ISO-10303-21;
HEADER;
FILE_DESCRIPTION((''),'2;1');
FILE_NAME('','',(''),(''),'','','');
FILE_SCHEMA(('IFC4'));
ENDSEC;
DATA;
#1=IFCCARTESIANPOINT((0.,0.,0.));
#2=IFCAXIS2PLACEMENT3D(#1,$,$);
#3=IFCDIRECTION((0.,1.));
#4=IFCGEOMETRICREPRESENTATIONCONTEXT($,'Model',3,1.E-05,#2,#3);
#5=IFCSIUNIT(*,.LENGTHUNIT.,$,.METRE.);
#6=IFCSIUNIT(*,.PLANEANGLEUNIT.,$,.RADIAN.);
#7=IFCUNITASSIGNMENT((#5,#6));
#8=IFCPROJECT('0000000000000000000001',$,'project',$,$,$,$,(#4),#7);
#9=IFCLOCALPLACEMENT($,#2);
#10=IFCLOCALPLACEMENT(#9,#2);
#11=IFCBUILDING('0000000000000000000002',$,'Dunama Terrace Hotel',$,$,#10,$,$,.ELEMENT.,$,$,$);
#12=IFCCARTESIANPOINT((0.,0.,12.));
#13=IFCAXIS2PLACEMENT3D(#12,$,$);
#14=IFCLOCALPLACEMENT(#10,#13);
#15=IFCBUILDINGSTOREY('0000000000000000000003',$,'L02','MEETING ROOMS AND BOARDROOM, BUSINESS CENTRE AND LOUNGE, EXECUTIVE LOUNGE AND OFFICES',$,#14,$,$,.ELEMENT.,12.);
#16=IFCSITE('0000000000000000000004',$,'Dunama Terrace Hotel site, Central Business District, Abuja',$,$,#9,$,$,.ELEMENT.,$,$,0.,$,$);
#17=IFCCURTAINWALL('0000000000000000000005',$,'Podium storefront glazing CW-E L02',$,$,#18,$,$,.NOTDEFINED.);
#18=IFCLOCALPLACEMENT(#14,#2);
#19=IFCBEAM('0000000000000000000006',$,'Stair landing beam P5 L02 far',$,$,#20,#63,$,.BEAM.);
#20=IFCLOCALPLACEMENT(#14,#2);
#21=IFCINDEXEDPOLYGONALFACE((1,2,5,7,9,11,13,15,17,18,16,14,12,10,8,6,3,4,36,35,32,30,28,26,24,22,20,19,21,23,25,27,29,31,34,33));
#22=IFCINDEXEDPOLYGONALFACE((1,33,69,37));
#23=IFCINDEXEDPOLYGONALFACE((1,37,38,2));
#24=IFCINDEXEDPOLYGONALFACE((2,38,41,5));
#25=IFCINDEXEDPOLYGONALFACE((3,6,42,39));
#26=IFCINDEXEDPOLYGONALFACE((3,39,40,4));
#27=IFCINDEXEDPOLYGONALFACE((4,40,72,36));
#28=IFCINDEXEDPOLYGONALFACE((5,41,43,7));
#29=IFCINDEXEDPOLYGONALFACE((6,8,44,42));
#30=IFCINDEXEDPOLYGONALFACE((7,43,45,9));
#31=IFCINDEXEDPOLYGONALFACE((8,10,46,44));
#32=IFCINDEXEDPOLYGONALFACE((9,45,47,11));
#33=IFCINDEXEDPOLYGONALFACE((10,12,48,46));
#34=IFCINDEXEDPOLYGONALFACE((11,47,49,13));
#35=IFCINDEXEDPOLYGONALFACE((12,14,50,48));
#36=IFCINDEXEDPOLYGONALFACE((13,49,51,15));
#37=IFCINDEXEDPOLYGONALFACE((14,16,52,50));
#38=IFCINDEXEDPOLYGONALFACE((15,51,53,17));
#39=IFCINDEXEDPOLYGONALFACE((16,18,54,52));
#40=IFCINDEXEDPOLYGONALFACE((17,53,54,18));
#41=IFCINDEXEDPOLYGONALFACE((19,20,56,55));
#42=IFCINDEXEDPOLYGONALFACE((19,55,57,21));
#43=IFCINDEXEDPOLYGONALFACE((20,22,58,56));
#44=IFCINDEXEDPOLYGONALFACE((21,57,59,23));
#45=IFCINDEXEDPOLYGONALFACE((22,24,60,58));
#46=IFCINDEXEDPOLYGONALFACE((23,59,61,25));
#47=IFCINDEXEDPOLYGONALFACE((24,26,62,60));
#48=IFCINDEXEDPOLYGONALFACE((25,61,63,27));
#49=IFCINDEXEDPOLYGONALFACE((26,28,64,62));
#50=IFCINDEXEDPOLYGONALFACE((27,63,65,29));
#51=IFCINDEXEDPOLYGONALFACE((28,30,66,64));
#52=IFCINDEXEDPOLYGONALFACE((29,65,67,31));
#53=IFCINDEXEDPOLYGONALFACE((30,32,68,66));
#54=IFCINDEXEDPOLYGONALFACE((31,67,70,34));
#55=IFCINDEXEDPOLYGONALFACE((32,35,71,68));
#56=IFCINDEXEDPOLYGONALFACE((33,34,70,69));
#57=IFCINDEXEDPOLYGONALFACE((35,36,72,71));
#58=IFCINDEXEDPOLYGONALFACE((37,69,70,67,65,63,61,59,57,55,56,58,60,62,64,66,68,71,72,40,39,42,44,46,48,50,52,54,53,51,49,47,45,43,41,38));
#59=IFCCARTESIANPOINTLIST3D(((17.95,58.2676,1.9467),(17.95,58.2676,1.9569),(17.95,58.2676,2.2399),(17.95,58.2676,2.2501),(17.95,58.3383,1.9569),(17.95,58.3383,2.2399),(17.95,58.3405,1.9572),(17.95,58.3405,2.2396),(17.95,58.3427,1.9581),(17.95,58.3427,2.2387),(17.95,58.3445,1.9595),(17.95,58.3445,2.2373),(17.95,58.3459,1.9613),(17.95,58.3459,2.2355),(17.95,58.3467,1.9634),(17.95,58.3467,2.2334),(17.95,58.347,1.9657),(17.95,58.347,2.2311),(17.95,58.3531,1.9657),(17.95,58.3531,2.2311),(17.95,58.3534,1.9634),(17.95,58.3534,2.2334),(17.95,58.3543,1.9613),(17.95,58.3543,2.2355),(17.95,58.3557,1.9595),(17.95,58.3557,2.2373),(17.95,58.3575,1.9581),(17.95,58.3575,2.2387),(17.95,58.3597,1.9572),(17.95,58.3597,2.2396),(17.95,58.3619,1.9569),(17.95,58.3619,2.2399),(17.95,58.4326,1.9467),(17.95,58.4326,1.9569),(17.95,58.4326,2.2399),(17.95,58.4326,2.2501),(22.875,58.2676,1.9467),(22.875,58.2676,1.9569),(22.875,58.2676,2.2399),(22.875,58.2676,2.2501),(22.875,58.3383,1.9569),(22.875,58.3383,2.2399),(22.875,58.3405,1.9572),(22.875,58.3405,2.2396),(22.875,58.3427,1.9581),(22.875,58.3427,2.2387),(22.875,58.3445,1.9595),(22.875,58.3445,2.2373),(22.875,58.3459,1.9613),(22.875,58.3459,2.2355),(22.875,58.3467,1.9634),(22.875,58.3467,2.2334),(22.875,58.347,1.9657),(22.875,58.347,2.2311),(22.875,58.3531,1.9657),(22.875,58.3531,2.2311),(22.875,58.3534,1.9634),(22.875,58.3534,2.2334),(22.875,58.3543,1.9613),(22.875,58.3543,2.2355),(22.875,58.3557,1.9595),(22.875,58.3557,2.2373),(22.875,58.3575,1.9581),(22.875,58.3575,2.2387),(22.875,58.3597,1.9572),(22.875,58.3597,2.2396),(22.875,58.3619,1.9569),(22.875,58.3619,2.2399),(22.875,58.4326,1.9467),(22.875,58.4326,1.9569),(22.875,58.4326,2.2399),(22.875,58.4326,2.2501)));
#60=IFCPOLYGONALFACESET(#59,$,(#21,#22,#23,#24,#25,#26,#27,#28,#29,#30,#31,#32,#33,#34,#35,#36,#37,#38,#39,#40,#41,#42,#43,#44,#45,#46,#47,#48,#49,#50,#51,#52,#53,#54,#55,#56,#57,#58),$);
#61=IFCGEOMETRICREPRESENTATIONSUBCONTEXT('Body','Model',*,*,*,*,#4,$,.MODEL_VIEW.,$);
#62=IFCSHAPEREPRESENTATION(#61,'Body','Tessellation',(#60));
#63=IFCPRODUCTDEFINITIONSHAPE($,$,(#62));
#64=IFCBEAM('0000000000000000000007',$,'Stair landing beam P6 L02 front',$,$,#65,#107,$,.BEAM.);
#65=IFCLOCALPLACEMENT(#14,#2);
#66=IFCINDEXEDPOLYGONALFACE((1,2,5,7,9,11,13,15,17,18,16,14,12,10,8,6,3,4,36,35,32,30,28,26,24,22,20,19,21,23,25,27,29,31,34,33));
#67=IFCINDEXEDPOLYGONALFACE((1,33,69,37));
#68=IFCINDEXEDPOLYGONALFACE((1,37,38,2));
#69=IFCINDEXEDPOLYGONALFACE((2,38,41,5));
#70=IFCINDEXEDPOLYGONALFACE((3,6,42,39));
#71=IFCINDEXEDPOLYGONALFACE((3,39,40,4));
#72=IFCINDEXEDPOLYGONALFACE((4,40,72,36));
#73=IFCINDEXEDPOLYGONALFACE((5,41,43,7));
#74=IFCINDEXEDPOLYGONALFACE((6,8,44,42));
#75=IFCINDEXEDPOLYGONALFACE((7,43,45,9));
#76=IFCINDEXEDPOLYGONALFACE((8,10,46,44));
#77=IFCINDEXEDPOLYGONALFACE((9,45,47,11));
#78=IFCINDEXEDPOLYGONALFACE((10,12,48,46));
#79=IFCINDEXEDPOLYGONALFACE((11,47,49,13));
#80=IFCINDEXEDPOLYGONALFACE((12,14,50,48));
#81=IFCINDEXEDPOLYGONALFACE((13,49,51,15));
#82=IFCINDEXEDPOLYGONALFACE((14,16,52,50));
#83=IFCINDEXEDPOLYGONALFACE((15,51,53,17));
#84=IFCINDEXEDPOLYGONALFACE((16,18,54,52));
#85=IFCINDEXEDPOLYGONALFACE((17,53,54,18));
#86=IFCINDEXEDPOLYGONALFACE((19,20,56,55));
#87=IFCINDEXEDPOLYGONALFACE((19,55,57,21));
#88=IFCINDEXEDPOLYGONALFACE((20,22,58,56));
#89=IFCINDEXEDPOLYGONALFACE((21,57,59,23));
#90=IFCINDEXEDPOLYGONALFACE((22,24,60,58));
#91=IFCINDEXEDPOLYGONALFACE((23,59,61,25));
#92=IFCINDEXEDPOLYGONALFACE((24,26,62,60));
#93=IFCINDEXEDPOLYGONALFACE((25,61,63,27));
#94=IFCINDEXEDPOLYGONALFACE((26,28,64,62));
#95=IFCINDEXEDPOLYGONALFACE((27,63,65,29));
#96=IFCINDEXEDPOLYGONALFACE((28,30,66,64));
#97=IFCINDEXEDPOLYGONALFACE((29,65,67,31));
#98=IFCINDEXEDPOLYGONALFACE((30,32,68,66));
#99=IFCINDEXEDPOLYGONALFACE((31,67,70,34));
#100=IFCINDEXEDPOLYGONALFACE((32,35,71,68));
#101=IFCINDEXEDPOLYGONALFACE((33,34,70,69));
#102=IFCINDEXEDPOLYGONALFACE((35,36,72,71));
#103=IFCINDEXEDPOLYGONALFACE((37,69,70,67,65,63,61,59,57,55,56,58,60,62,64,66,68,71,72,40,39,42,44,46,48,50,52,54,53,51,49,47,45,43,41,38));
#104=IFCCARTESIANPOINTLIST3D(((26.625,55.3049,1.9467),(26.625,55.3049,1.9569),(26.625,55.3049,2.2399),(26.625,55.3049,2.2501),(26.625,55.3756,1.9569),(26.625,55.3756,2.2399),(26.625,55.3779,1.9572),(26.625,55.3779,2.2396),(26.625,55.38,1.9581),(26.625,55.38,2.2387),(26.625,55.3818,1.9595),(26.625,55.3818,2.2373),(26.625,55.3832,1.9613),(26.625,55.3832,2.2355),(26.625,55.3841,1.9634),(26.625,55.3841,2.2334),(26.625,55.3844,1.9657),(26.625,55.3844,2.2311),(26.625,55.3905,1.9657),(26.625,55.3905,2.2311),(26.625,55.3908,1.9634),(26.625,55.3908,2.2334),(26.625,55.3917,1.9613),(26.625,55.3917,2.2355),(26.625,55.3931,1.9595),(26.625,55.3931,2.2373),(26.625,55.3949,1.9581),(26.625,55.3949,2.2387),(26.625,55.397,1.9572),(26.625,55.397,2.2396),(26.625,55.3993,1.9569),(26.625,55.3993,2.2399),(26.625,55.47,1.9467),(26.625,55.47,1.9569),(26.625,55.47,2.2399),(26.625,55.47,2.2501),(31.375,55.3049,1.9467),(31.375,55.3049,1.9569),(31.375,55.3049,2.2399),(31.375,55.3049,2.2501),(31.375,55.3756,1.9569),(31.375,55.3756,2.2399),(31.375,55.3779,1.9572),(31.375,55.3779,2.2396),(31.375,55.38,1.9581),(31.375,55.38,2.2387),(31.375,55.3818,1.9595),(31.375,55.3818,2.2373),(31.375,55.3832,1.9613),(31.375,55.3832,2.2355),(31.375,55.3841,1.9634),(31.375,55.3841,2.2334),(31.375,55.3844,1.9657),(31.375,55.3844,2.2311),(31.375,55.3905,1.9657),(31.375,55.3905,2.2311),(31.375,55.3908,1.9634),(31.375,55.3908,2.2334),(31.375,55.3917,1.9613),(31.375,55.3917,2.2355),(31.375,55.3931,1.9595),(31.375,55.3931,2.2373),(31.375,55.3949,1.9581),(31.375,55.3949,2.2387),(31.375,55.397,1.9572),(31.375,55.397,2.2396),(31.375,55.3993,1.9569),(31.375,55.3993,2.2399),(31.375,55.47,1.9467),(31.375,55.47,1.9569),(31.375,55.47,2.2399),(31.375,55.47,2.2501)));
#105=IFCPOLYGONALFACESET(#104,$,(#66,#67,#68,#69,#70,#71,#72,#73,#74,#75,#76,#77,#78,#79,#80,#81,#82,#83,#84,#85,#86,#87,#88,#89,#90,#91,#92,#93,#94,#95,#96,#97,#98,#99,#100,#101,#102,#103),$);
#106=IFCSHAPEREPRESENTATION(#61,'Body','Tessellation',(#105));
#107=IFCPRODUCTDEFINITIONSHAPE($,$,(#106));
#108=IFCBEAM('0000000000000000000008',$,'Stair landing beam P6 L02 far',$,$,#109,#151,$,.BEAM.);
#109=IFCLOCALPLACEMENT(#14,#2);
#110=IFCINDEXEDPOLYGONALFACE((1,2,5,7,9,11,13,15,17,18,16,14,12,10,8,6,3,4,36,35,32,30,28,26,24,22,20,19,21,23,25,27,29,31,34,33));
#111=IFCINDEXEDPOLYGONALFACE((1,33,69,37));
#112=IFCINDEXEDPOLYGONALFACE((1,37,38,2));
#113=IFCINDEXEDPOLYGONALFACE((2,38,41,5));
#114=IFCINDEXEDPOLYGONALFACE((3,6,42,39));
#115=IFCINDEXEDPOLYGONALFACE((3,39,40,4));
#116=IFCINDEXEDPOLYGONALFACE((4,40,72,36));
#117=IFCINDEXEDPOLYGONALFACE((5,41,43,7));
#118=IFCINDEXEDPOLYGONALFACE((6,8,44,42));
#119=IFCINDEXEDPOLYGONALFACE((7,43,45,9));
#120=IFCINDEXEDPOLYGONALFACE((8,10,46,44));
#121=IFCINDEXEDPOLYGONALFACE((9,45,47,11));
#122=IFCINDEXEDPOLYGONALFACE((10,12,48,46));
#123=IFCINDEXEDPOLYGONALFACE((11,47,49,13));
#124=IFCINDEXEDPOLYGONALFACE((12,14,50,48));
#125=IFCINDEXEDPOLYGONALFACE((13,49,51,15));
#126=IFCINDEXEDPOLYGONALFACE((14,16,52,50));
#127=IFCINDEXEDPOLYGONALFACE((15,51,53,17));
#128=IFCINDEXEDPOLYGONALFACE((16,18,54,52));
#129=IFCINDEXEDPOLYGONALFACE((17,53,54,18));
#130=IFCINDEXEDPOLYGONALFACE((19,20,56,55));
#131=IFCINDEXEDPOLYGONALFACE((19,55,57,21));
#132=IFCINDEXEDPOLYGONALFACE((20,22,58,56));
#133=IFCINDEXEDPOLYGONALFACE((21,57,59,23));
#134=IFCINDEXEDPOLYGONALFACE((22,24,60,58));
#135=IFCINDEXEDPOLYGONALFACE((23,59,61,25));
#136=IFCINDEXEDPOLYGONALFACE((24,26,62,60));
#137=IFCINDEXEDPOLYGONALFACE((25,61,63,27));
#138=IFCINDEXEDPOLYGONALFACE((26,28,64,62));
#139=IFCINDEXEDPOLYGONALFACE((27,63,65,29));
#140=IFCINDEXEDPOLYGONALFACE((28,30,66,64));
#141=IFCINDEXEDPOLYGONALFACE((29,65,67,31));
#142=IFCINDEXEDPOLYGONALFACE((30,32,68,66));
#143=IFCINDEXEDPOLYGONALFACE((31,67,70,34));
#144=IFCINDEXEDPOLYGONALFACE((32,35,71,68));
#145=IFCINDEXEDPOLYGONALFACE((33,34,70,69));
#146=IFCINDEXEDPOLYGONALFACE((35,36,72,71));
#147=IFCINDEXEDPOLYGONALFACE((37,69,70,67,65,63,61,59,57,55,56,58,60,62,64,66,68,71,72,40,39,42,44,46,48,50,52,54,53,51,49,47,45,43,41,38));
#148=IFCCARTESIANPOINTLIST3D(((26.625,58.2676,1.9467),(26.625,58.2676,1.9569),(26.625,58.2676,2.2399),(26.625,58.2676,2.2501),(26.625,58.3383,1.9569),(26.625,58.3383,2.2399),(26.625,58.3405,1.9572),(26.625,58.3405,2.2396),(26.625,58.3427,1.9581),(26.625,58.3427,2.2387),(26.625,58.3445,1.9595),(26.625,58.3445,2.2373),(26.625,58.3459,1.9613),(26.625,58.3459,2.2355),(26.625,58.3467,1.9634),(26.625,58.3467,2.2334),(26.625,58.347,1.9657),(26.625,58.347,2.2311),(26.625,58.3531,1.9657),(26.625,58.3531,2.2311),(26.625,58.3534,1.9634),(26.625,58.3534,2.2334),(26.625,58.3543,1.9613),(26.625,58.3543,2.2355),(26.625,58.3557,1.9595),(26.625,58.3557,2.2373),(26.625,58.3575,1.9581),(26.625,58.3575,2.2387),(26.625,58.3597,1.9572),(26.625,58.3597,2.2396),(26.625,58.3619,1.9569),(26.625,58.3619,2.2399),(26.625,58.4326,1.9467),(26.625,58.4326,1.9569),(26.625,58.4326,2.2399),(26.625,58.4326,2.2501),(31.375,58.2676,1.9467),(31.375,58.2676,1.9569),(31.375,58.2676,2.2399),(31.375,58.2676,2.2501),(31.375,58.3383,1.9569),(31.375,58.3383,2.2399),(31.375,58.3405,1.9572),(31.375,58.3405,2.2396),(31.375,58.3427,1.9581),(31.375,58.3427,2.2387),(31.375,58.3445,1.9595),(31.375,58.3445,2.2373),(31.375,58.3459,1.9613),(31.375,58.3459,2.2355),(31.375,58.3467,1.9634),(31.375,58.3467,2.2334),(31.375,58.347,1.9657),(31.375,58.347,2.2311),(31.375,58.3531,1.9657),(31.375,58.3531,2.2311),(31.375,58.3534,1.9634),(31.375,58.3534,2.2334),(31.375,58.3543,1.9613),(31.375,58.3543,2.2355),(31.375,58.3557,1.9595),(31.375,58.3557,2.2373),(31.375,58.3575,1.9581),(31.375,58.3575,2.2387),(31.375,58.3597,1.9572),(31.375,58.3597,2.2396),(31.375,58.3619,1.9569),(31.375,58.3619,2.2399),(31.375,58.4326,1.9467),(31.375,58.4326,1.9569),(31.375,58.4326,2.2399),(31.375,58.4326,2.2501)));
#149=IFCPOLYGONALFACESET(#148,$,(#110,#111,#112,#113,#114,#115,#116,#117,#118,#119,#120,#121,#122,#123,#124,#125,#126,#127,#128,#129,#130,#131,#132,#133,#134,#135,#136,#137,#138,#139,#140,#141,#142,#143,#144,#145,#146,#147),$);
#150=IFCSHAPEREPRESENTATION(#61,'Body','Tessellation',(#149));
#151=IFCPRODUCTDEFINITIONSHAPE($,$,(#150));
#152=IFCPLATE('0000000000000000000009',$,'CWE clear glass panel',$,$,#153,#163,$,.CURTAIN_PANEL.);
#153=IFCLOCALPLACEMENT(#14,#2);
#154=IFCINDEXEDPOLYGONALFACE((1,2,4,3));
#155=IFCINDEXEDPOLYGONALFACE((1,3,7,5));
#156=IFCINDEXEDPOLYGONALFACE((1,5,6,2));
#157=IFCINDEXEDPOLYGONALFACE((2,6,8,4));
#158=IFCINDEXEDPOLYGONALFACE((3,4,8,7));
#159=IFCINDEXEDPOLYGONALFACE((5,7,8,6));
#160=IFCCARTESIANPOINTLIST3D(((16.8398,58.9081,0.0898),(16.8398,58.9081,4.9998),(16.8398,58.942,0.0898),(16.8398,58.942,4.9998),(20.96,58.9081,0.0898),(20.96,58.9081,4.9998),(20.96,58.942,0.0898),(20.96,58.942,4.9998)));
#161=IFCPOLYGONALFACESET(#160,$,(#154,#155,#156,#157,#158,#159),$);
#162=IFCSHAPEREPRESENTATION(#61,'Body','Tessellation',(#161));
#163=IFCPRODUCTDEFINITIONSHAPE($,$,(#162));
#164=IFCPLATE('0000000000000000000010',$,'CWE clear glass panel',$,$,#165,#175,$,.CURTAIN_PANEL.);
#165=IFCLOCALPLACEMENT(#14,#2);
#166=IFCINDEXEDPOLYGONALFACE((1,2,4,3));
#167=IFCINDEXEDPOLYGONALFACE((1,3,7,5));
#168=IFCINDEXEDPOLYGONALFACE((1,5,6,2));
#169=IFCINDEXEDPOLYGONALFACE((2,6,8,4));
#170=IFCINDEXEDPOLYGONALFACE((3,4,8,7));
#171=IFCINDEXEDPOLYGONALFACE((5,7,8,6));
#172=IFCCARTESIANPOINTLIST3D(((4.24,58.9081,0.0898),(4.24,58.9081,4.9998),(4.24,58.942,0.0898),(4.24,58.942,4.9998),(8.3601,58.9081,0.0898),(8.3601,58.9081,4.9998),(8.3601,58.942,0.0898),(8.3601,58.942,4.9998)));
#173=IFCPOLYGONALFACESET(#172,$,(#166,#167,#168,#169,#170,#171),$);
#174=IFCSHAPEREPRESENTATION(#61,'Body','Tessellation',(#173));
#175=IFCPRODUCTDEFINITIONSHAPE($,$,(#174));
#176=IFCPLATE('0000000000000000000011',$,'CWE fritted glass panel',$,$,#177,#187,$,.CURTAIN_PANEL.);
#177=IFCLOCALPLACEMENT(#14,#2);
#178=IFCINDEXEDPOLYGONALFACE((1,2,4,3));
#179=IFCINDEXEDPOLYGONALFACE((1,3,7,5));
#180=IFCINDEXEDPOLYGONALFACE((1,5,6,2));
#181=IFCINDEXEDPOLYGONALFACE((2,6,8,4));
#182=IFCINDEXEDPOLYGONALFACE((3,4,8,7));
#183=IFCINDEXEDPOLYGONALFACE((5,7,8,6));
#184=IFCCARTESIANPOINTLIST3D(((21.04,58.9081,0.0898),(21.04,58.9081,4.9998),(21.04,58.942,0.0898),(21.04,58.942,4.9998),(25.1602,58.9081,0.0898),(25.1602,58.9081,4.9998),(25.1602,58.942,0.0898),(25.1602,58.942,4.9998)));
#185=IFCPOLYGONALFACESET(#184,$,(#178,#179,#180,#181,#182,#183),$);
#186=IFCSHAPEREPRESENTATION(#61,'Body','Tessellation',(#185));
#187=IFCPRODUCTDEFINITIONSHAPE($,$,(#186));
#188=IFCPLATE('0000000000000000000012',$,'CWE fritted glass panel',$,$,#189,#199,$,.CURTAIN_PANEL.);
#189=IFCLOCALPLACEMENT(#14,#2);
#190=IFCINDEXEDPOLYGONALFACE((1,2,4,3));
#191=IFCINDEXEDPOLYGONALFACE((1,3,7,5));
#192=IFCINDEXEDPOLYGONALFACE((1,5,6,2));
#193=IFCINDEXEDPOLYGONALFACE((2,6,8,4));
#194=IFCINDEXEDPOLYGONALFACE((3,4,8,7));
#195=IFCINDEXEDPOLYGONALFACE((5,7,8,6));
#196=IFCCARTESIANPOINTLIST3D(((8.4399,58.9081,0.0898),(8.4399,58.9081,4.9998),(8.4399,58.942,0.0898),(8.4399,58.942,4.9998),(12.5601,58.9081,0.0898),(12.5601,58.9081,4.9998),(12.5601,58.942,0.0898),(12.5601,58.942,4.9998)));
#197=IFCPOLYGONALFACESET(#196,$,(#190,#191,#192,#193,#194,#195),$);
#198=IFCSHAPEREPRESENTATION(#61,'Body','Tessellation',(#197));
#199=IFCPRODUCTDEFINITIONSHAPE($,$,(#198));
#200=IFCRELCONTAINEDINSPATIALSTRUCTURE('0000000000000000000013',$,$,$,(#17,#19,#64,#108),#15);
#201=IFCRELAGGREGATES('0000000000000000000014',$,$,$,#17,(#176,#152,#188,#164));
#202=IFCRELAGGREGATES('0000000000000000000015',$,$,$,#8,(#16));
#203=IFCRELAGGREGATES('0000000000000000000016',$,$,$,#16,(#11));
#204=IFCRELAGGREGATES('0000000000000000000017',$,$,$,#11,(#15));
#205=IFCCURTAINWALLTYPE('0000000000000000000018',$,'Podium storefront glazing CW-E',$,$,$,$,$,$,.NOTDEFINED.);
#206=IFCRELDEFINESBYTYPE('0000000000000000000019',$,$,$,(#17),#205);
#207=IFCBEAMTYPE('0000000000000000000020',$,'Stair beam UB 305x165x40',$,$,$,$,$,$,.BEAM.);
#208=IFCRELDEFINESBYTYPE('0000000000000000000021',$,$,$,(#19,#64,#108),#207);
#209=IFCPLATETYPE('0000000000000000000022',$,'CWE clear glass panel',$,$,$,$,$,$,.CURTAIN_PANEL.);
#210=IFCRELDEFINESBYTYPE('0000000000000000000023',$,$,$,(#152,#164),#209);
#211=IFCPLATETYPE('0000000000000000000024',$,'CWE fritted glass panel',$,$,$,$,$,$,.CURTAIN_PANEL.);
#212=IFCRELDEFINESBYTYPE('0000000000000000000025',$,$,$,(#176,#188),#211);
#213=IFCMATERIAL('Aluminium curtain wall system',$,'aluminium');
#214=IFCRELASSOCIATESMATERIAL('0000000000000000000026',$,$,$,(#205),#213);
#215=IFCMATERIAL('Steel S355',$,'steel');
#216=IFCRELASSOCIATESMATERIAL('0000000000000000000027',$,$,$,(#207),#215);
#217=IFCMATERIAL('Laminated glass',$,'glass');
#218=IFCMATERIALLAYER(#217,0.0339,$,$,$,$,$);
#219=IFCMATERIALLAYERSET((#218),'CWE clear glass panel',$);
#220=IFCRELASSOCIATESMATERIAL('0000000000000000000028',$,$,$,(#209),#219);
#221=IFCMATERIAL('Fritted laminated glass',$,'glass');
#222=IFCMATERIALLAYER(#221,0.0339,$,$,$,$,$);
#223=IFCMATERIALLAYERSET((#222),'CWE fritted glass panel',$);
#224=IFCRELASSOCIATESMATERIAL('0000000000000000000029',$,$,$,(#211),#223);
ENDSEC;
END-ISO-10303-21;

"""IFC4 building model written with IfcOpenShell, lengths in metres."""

from ifc_helpers import new_model, si_unit, direction, frame, origin, origin_2d, place, context, subcontext, project, spatial, rectangle, i_section, extrude, material, layer, layer_set, material_profile, profile_set, type_object, element, aggregate, save


model = new_model("IFC4")

# Units and contexts
model_context = context("Model", 3, precision=1e-05, world=origin(), true_north=direction((0.0, 1.0)))
body_context = subcontext(model_context, "Body", "Model", "MODEL_VIEW")
ifc_project = project(units=[si_unit("LENGTHUNIT", "METRE"), si_unit("PLANEANGLEUNIT", "RADIAN")], contexts=[model_context])

# Site, building, storey
site_placement = place(None, origin())
site = spatial("IfcSite", under=ifc_project, at=site_placement, Name="Dunama Terrace Hotel site, Central Business District, Abuja", CompositionType="ELEMENT", RefElevation=0.0)
building_placement = place(site_placement, origin())
building = spatial("IfcBuilding", under=site, at=building_placement, Name="Dunama Terrace Hotel", CompositionType="ELEMENT")
storey_placement = place(building_placement, frame((0.0, 0.0, 12.0)))
storey = spatial("IfcBuildingStorey", under=building, at=storey_placement, Name="L02", Description="MEETING ROOMS AND BOARDROOM, BUSINESS CENTRE AND LOUNGE, EXECUTIVE LOUNGE AND OFFICES", CompositionType="ELEMENT", Elevation=12.0)

# Curtain wall
ifc_material_1 = material(Name="Aluminium curtain wall system", Category="aluminium")
curtain_wall_type = type_object("IfcCurtainWallType", Name="Podium storefront glazing CW-E", PredefinedType="NOTDEFINED", material=ifc_material_1)
curtain_wall_placement = place(storey_placement, origin())
curtain_wall = element("IfcCurtainWall", 1, at=curtain_wall_placement, inside=storey, type_object=curtain_wall_type, Name="Podium storefront glazing CW-E L02", PredefinedType="NOTDEFINED")

# Beams
ifc_material_2 = material(Name="Steel S355", Category="steel")
ifc_material_profile_1 = material_profile(ifc_material_2, i_section(OverallWidth=0.165, OverallDepth=0.3035, WebThickness=0.0061, FlangeThickness=0.0103, FilletRadius=0.0088, at=origin_2d()), Name="UB 305x165x40")
ifc_profile_set_1 = profile_set([ifc_material_profile_1], Name="Steel S355")
beam_type = type_object("IfcBeamType", Name="Stair beam UB 305x165x40", PredefinedType="BEAM", material=ifc_profile_set_1)
beam_1_placement = place(storey_placement, frame((17.95, 58.3501, 2.0984), z_axis=(1.0, 0.0, 0.0), x_axis=(0.0, 1.0, 0.0)))
element("IfcBeam", 2, at=beam_1_placement, inside=storey, type_object=beam_type, Name="Stair landing beam P5 L02 far", PredefinedType="BEAM", context=body_context, shape_type="SweptSolid", body=[
    extrude(i_section(OverallWidth=0.165, OverallDepth=0.3035, WebThickness=0.0061, FlangeThickness=0.0103, FilletRadius=0.0088, at=origin_2d()), origin(), (0.0, 0.0, 1.0), 4.925),
])
for number, where, z_axis, x_axis, name in (
    (3, (26.625, 55.3875, 2.0984), (1.0, 0.0, 0.0), (0.0, 1.0, 0.0), "Stair landing beam P6 L02 front"),
    (4, (26.625, 58.3501, 2.0984), (1.0, 0.0, 0.0), (0.0, 1.0, 0.0), "Stair landing beam P6 L02 far"),
):
    element("IfcBeam", number, at=place(storey_placement, frame(where, z_axis=z_axis, x_axis=x_axis)), inside=storey, type_object=beam_type, Name=name, PredefinedType="BEAM", context=body_context, shape_type="SweptSolid", body=[
        extrude(i_section(OverallWidth=0.165, OverallDepth=0.3035, WebThickness=0.0061, FlangeThickness=0.0103, FilletRadius=0.0088, at=origin_2d()), origin(), (0.0, 0.0, 1.0), 4.75),
    ])

# Plates
ifc_material_3 = material(Name="Laminated glass", Category="glass")
ifc_layer_1 = layer(ifc_material_3, 0.0339)
ifc_layer_set_1 = layer_set([ifc_layer_1], Name="CWE clear glass panel")
plate_type_1 = type_object("IfcPlateType", Name="CWE clear glass panel", PredefinedType="CURTAIN_PANEL", material=ifc_layer_set_1)
plate_1_placement = place(storey_placement, frame((18.8999, 58.925, 0.0898), z_axis=(0.0, 0.0, 1.0), x_axis=(-1.0, 0.0, 0.0)))
plate_1 = element("IfcPlate", 5, at=plate_1_placement, type_object=plate_type_1, Name="CWE clear glass panel", PredefinedType="CURTAIN_PANEL", context=body_context, shape_type="SweptSolid", body=[
    extrude(rectangle(XDim=4.1201, YDim=0.0339, at=origin_2d()), origin(), (0.0, 0.0, 1.0), 4.9099),
])
plate_2_placement = place(storey_placement, frame((6.3, 58.925, 0.0898), z_axis=(0.0, 0.0, 1.0), x_axis=(-1.0, 0.0, 0.0)))
plate_2 = element("IfcPlate", 6, at=plate_2_placement, type_object=plate_type_1, Name="CWE clear glass panel", PredefinedType="CURTAIN_PANEL", context=body_context, shape_type="SweptSolid", body=[
    extrude(rectangle(XDim=4.1201, YDim=0.0339, at=origin_2d()), origin(), (0.0, 0.0, 1.0), 4.9099),
])
ifc_material_4 = material(Name="Fritted laminated glass", Category="glass")
ifc_layer_2 = layer(ifc_material_4, 0.0339)
ifc_layer_set_2 = layer_set([ifc_layer_2], Name="CWE fritted glass panel")
plate_type_2 = type_object("IfcPlateType", Name="CWE fritted glass panel", PredefinedType="CURTAIN_PANEL", material=ifc_layer_set_2)
plate_3_placement = place(storey_placement, frame((23.1001, 58.925, 0.0898), z_axis=(0.0, 0.0, 1.0), x_axis=(-1.0, 0.0, 0.0)))
plate_3 = element("IfcPlate", 7, at=plate_3_placement, type_object=plate_type_2, Name="CWE fritted glass panel", PredefinedType="CURTAIN_PANEL", context=body_context, shape_type="SweptSolid", body=[
    extrude(rectangle(XDim=4.1201, YDim=0.0339, at=origin_2d()), origin(), (0.0, 0.0, 1.0), 4.9099),
])
plate_4_placement = place(storey_placement, frame((10.5, 58.925, 0.0898), z_axis=(0.0, 0.0, 1.0), x_axis=(-1.0, 0.0, 0.0)))
plate_4 = element("IfcPlate", 8, at=plate_4_placement, type_object=plate_type_2, Name="CWE fritted glass panel", PredefinedType="CURTAIN_PANEL", context=body_context, shape_type="SweptSolid", body=[
    extrude(rectangle(XDim=4.1201, YDim=0.0339, at=origin_2d()), origin(), (0.0, 0.0, 1.0), 4.9099),
])
aggregate(curtain_wall, [plate_3, plate_1, plate_4, plate_2])

save(model, "model.ifc")
